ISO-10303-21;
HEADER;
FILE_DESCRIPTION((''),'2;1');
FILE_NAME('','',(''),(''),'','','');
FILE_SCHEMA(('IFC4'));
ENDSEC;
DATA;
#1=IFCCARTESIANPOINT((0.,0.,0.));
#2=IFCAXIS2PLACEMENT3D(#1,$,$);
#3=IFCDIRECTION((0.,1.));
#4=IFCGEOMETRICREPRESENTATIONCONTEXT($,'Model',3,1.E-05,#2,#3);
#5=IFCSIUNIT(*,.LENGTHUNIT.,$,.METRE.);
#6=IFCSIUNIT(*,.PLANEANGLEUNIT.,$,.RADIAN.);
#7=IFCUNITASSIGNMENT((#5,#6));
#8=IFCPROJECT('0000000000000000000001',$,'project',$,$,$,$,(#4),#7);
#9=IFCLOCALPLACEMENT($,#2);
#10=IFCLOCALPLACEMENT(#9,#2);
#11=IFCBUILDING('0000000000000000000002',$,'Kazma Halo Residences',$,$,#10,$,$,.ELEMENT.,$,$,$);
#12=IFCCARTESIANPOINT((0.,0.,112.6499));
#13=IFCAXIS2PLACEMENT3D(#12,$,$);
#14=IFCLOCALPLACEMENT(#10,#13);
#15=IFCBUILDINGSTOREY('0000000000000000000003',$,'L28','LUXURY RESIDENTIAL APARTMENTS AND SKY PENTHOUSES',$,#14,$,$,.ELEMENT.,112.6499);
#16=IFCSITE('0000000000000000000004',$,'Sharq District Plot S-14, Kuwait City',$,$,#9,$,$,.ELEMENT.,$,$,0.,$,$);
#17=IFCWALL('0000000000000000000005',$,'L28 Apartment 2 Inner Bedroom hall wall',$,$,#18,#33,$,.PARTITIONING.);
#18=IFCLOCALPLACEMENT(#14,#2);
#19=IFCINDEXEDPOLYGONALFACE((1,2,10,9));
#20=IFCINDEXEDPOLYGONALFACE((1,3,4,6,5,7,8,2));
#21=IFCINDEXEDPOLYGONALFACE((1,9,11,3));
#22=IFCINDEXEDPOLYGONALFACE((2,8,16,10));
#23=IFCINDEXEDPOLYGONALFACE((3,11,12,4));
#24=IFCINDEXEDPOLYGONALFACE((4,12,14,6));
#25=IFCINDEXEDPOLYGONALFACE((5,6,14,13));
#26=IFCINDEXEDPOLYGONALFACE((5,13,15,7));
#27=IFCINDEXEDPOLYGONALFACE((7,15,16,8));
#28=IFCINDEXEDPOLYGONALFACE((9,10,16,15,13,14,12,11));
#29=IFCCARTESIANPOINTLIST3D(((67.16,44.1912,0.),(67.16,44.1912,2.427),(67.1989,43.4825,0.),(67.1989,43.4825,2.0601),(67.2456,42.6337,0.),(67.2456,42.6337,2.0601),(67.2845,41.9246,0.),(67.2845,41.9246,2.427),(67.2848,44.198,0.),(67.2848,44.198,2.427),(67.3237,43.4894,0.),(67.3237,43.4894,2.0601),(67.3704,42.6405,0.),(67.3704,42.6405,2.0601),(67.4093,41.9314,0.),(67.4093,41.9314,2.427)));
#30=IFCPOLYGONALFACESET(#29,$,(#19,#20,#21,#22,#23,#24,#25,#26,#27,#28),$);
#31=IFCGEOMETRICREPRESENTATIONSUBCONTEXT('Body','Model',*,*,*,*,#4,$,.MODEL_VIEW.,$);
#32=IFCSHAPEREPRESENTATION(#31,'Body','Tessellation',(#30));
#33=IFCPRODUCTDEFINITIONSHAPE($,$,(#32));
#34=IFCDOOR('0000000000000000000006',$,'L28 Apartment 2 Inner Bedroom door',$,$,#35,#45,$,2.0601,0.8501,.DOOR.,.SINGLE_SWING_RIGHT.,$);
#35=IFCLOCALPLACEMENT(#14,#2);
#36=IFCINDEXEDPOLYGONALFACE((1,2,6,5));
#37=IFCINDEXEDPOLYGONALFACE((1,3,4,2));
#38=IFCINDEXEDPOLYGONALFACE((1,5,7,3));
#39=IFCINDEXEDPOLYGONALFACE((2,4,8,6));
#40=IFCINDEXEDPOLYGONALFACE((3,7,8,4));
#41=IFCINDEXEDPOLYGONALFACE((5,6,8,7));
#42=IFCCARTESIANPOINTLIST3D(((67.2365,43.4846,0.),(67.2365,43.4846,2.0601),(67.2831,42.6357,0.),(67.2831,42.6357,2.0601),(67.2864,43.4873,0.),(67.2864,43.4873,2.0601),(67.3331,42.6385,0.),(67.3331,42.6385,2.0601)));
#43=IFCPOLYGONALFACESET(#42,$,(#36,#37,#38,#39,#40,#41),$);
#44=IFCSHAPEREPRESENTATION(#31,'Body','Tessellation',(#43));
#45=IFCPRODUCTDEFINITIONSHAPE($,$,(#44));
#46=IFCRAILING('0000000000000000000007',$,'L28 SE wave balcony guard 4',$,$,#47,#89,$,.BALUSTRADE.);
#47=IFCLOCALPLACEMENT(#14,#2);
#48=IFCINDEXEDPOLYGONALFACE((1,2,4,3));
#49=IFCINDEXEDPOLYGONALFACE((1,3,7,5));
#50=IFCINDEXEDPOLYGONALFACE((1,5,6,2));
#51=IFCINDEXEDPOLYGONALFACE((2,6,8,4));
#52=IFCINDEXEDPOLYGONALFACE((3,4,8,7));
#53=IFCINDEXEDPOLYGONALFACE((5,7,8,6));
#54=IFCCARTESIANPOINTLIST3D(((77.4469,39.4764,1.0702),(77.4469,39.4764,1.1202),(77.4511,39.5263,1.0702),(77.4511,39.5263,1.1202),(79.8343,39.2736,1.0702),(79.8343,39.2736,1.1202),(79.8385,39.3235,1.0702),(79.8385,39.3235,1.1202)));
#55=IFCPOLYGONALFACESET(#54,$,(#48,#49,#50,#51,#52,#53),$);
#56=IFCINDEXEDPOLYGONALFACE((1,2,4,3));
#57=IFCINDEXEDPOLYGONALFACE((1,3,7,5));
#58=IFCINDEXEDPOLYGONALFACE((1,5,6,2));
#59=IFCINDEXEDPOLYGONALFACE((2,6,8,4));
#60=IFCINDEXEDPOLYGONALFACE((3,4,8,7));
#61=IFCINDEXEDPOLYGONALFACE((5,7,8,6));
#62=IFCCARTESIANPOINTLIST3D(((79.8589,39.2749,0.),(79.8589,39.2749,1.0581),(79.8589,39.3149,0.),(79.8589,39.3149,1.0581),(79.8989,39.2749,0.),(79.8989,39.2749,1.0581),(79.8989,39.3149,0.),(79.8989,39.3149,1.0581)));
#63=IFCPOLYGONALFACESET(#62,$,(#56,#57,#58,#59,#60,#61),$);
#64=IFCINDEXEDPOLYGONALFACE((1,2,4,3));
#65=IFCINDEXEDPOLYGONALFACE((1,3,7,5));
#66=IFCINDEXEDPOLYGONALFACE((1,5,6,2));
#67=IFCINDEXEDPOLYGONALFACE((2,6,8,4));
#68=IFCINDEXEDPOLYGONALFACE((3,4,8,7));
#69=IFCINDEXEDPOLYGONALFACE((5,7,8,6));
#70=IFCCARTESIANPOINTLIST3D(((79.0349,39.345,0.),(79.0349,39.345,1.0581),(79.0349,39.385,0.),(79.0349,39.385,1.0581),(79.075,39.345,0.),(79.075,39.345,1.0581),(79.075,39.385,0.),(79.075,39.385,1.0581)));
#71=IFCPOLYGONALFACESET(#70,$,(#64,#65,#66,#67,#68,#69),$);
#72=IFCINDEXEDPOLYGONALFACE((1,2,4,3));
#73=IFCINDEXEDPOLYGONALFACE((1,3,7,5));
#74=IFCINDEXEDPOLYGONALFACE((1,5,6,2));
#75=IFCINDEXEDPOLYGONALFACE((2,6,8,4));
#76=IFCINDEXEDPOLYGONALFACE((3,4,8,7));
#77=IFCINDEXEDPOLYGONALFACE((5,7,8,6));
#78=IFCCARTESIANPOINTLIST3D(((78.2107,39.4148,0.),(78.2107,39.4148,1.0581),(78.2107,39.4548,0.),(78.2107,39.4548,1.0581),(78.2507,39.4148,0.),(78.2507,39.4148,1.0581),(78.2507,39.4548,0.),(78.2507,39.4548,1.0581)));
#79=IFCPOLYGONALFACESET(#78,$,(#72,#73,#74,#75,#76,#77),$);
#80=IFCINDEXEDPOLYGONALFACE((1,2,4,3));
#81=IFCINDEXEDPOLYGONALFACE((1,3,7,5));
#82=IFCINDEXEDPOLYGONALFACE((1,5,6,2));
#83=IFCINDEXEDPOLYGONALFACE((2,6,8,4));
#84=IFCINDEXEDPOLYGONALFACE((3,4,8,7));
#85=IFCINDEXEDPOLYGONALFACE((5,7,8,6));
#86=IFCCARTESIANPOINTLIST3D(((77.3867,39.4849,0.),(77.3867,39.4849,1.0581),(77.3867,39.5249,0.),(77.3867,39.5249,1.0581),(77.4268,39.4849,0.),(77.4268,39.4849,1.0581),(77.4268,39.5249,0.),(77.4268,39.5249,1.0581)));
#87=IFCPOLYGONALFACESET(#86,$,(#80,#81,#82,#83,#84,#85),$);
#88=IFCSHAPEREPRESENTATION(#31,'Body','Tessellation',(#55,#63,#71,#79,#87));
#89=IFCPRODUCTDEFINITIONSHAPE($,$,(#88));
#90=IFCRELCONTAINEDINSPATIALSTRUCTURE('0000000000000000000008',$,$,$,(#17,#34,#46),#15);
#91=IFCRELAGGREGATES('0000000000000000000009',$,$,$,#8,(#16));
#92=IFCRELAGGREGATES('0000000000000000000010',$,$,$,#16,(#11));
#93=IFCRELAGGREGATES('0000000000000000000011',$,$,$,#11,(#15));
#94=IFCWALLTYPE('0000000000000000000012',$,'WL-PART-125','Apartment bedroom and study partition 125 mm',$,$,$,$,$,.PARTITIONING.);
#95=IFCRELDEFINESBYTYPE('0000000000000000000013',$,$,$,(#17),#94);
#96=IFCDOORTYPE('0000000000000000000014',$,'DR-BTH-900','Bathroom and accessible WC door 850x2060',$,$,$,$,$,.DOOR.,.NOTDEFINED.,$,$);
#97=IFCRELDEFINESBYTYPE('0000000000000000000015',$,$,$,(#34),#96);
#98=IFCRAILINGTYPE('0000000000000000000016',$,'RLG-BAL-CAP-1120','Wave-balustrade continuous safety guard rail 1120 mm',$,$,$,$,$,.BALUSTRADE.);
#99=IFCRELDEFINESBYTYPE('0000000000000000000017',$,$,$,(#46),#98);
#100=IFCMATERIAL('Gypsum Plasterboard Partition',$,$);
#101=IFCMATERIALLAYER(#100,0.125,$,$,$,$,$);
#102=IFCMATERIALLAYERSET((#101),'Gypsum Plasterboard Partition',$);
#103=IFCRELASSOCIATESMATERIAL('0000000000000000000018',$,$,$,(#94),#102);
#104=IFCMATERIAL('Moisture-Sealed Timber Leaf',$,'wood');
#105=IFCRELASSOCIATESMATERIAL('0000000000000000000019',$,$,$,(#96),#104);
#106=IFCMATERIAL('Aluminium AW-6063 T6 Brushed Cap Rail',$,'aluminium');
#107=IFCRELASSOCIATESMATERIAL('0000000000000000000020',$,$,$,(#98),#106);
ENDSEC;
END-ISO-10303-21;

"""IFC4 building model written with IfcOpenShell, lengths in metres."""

from ifc_helpers import new_model, si_unit, direction, frame, frame_2d, origin, origin_2d, place, context, subcontext, project, spatial, rectangle, extrude, material, layer, layer_set, type_object, element, fill, save


model = new_model("IFC4")

# Units and contexts
model_context = context("Model", 3, precision=1e-05, world=origin(), true_north=direction((0.0, 1.0)))
body_context = subcontext(model_context, "Body", "Model", "MODEL_VIEW")
ifc_project = project(units=[si_unit("LENGTHUNIT", "METRE"), si_unit("PLANEANGLEUNIT", "RADIAN")], contexts=[model_context])

# Site, building, storey
site_placement = place(None, origin())
site = spatial("IfcSite", under=ifc_project, at=site_placement, Name="Sharq District Plot S-14, Kuwait City", CompositionType="ELEMENT", RefElevation=0.0)
building_placement = place(site_placement, origin())
building = spatial("IfcBuilding", under=site, at=building_placement, Name="Kazma Halo Residences", CompositionType="ELEMENT")
storey_placement = place(building_placement, frame((0.0, 0.0, 112.6499)))
storey = spatial("IfcBuildingStorey", under=building, at=storey_placement, Name="L28", Description="LUXURY RESIDENTIAL APARTMENTS AND SKY PENTHOUSES", CompositionType="ELEMENT", Elevation=112.6499)

# Shared definitions
ifc_material_1 = material(Name="Gypsum Plasterboard Partition")
ifc_layer_1 = layer(ifc_material_1, 0.125)
ifc_layer_set_1 = layer_set([ifc_layer_1], Name="Gypsum Plasterboard Partition")
wall_type_1 = type_object("IfcWallType", Name="WL-PART-125", Description="Apartment bedroom and study partition 125 mm", PredefinedType="PARTITIONING", material=ifc_layer_set_1)

# Wall, opening, door
ifc_material_2 = material(Name="Moisture-Sealed Timber Leaf", Category="wood")
door_type = type_object("IfcDoorType", Name="DR-BTH-900", Description="Bathroom and accessible WC door 850x2060", OperationType="NOTDEFINED", PredefinedType="DOOR", material=ifc_material_2)
wall_1_placement = place(storey_placement, frame((67.3469, 41.928, 0.0), z_axis=(0.0, 0.0, 1.0), x_axis=(-0.054851, 0.998495, 0.0)))
wall_1 = element("IfcWall", 1, at=wall_1_placement, inside=storey, type_object=wall_type_1, Name="L28 Apartment 2 Inner Bedroom hall wall", PredefinedType="PARTITIONING", context=body_context, shape_type="SweptSolid", body=[
    extrude(rectangle(XDim=2.27, YDim=0.125, at=frame_2d((1.135, 0.0))), origin(), (0.0, 0.0, 1.0), 2.427),
])
opening_1_placement = place(wall_1_placement, frame((0.7102, 0.0, 0.0)))
opening_1 = element("IfcOpeningElement", 2, at=opening_1_placement, cuts=wall_1, PredefinedType="OPENING", context=body_context, shape_type="SweptSolid", body=[
    extrude(rectangle(XDim=0.8501, YDim=2.0601, at=frame_2d((0.425, 1.03))), frame((0.0, 0.0725, 0.0), z_axis=(0.0, -1.0, 0.0), x_axis=(1.0, 0.0, 0.0)), (0.0, 0.0, 1.0), 0.145),
])
door_1_placement = place(opening_1_placement, origin())
door_1 = element("IfcDoor", 3, at=door_1_placement, inside=storey, type_object=door_type, Name="L28 Apartment 2 Inner Bedroom door", OperationType="SINGLE_SWING_RIGHT", OverallHeight=2.0601, OverallWidth=0.8501, PredefinedType="DOOR", context=body_context, shape_type="SweptSolid", body=[
    extrude(rectangle(XDim=0.8501, YDim=2.0601, at=frame_2d((0.425, 1.03))), frame((0.0, 0.0249, 0.0), z_axis=(0.0, -1.0, 0.0), x_axis=(1.0, 0.0, 0.0)), (0.0, 0.0, 1.0), 0.05),
])
fill(opening_1, door_1)

# Railing
ifc_material_3 = material(Name="Aluminium AW-6063 T6 Brushed Cap Rail", Category="aluminium")
railing_type = type_object("IfcRailingType", Name="RLG-BAL-CAP-1120", Description="Wave-balustrade continuous safety guard rail 1120 mm", PredefinedType="BALUSTRADE", material=ifc_material_3)
railing_placement = place(storey_placement, frame((79.8789, 39.2949, 0.0)))
element("IfcRailing", 4, at=railing_placement, inside=storey, type_object=railing_type, Name="L28 SE wave balcony guard 4", PredefinedType="BALUSTRADE", context=body_context, shape_type="SweptSolid", body=[
    extrude(rectangle(XDim=0.05, YDim=0.05, at=origin_2d()), frame((-0.0425, 0.0037, 1.0952), z_axis=(-0.996413, 0.084625, 0.0), x_axis=(-0.084625, -0.996413, 0.0)), (0.0, 0.0, 1.0), 2.396),
    extrude(rectangle(XDim=0.04, YDim=0.04, at=origin_2d()), origin(), (0.0, 0.0, 1.0), 1.0581),
    extrude(rectangle(XDim=0.04, YDim=0.04, at=origin_2d()), frame((-0.824, 0.0701, 0.0)), (0.0, 0.0, 1.0), 1.0581),
    extrude(rectangle(XDim=0.04, YDim=0.04, at=origin_2d()), frame((-1.6482, 0.1399, 0.0)), (0.0, 0.0, 1.0), 1.0581),
    extrude(rectangle(XDim=0.04, YDim=0.04, at=origin_2d()), frame((-2.4722, 0.21, 0.0)), (0.0, 0.0, 1.0), 1.0581),
])

save(model, "model.ifc")
